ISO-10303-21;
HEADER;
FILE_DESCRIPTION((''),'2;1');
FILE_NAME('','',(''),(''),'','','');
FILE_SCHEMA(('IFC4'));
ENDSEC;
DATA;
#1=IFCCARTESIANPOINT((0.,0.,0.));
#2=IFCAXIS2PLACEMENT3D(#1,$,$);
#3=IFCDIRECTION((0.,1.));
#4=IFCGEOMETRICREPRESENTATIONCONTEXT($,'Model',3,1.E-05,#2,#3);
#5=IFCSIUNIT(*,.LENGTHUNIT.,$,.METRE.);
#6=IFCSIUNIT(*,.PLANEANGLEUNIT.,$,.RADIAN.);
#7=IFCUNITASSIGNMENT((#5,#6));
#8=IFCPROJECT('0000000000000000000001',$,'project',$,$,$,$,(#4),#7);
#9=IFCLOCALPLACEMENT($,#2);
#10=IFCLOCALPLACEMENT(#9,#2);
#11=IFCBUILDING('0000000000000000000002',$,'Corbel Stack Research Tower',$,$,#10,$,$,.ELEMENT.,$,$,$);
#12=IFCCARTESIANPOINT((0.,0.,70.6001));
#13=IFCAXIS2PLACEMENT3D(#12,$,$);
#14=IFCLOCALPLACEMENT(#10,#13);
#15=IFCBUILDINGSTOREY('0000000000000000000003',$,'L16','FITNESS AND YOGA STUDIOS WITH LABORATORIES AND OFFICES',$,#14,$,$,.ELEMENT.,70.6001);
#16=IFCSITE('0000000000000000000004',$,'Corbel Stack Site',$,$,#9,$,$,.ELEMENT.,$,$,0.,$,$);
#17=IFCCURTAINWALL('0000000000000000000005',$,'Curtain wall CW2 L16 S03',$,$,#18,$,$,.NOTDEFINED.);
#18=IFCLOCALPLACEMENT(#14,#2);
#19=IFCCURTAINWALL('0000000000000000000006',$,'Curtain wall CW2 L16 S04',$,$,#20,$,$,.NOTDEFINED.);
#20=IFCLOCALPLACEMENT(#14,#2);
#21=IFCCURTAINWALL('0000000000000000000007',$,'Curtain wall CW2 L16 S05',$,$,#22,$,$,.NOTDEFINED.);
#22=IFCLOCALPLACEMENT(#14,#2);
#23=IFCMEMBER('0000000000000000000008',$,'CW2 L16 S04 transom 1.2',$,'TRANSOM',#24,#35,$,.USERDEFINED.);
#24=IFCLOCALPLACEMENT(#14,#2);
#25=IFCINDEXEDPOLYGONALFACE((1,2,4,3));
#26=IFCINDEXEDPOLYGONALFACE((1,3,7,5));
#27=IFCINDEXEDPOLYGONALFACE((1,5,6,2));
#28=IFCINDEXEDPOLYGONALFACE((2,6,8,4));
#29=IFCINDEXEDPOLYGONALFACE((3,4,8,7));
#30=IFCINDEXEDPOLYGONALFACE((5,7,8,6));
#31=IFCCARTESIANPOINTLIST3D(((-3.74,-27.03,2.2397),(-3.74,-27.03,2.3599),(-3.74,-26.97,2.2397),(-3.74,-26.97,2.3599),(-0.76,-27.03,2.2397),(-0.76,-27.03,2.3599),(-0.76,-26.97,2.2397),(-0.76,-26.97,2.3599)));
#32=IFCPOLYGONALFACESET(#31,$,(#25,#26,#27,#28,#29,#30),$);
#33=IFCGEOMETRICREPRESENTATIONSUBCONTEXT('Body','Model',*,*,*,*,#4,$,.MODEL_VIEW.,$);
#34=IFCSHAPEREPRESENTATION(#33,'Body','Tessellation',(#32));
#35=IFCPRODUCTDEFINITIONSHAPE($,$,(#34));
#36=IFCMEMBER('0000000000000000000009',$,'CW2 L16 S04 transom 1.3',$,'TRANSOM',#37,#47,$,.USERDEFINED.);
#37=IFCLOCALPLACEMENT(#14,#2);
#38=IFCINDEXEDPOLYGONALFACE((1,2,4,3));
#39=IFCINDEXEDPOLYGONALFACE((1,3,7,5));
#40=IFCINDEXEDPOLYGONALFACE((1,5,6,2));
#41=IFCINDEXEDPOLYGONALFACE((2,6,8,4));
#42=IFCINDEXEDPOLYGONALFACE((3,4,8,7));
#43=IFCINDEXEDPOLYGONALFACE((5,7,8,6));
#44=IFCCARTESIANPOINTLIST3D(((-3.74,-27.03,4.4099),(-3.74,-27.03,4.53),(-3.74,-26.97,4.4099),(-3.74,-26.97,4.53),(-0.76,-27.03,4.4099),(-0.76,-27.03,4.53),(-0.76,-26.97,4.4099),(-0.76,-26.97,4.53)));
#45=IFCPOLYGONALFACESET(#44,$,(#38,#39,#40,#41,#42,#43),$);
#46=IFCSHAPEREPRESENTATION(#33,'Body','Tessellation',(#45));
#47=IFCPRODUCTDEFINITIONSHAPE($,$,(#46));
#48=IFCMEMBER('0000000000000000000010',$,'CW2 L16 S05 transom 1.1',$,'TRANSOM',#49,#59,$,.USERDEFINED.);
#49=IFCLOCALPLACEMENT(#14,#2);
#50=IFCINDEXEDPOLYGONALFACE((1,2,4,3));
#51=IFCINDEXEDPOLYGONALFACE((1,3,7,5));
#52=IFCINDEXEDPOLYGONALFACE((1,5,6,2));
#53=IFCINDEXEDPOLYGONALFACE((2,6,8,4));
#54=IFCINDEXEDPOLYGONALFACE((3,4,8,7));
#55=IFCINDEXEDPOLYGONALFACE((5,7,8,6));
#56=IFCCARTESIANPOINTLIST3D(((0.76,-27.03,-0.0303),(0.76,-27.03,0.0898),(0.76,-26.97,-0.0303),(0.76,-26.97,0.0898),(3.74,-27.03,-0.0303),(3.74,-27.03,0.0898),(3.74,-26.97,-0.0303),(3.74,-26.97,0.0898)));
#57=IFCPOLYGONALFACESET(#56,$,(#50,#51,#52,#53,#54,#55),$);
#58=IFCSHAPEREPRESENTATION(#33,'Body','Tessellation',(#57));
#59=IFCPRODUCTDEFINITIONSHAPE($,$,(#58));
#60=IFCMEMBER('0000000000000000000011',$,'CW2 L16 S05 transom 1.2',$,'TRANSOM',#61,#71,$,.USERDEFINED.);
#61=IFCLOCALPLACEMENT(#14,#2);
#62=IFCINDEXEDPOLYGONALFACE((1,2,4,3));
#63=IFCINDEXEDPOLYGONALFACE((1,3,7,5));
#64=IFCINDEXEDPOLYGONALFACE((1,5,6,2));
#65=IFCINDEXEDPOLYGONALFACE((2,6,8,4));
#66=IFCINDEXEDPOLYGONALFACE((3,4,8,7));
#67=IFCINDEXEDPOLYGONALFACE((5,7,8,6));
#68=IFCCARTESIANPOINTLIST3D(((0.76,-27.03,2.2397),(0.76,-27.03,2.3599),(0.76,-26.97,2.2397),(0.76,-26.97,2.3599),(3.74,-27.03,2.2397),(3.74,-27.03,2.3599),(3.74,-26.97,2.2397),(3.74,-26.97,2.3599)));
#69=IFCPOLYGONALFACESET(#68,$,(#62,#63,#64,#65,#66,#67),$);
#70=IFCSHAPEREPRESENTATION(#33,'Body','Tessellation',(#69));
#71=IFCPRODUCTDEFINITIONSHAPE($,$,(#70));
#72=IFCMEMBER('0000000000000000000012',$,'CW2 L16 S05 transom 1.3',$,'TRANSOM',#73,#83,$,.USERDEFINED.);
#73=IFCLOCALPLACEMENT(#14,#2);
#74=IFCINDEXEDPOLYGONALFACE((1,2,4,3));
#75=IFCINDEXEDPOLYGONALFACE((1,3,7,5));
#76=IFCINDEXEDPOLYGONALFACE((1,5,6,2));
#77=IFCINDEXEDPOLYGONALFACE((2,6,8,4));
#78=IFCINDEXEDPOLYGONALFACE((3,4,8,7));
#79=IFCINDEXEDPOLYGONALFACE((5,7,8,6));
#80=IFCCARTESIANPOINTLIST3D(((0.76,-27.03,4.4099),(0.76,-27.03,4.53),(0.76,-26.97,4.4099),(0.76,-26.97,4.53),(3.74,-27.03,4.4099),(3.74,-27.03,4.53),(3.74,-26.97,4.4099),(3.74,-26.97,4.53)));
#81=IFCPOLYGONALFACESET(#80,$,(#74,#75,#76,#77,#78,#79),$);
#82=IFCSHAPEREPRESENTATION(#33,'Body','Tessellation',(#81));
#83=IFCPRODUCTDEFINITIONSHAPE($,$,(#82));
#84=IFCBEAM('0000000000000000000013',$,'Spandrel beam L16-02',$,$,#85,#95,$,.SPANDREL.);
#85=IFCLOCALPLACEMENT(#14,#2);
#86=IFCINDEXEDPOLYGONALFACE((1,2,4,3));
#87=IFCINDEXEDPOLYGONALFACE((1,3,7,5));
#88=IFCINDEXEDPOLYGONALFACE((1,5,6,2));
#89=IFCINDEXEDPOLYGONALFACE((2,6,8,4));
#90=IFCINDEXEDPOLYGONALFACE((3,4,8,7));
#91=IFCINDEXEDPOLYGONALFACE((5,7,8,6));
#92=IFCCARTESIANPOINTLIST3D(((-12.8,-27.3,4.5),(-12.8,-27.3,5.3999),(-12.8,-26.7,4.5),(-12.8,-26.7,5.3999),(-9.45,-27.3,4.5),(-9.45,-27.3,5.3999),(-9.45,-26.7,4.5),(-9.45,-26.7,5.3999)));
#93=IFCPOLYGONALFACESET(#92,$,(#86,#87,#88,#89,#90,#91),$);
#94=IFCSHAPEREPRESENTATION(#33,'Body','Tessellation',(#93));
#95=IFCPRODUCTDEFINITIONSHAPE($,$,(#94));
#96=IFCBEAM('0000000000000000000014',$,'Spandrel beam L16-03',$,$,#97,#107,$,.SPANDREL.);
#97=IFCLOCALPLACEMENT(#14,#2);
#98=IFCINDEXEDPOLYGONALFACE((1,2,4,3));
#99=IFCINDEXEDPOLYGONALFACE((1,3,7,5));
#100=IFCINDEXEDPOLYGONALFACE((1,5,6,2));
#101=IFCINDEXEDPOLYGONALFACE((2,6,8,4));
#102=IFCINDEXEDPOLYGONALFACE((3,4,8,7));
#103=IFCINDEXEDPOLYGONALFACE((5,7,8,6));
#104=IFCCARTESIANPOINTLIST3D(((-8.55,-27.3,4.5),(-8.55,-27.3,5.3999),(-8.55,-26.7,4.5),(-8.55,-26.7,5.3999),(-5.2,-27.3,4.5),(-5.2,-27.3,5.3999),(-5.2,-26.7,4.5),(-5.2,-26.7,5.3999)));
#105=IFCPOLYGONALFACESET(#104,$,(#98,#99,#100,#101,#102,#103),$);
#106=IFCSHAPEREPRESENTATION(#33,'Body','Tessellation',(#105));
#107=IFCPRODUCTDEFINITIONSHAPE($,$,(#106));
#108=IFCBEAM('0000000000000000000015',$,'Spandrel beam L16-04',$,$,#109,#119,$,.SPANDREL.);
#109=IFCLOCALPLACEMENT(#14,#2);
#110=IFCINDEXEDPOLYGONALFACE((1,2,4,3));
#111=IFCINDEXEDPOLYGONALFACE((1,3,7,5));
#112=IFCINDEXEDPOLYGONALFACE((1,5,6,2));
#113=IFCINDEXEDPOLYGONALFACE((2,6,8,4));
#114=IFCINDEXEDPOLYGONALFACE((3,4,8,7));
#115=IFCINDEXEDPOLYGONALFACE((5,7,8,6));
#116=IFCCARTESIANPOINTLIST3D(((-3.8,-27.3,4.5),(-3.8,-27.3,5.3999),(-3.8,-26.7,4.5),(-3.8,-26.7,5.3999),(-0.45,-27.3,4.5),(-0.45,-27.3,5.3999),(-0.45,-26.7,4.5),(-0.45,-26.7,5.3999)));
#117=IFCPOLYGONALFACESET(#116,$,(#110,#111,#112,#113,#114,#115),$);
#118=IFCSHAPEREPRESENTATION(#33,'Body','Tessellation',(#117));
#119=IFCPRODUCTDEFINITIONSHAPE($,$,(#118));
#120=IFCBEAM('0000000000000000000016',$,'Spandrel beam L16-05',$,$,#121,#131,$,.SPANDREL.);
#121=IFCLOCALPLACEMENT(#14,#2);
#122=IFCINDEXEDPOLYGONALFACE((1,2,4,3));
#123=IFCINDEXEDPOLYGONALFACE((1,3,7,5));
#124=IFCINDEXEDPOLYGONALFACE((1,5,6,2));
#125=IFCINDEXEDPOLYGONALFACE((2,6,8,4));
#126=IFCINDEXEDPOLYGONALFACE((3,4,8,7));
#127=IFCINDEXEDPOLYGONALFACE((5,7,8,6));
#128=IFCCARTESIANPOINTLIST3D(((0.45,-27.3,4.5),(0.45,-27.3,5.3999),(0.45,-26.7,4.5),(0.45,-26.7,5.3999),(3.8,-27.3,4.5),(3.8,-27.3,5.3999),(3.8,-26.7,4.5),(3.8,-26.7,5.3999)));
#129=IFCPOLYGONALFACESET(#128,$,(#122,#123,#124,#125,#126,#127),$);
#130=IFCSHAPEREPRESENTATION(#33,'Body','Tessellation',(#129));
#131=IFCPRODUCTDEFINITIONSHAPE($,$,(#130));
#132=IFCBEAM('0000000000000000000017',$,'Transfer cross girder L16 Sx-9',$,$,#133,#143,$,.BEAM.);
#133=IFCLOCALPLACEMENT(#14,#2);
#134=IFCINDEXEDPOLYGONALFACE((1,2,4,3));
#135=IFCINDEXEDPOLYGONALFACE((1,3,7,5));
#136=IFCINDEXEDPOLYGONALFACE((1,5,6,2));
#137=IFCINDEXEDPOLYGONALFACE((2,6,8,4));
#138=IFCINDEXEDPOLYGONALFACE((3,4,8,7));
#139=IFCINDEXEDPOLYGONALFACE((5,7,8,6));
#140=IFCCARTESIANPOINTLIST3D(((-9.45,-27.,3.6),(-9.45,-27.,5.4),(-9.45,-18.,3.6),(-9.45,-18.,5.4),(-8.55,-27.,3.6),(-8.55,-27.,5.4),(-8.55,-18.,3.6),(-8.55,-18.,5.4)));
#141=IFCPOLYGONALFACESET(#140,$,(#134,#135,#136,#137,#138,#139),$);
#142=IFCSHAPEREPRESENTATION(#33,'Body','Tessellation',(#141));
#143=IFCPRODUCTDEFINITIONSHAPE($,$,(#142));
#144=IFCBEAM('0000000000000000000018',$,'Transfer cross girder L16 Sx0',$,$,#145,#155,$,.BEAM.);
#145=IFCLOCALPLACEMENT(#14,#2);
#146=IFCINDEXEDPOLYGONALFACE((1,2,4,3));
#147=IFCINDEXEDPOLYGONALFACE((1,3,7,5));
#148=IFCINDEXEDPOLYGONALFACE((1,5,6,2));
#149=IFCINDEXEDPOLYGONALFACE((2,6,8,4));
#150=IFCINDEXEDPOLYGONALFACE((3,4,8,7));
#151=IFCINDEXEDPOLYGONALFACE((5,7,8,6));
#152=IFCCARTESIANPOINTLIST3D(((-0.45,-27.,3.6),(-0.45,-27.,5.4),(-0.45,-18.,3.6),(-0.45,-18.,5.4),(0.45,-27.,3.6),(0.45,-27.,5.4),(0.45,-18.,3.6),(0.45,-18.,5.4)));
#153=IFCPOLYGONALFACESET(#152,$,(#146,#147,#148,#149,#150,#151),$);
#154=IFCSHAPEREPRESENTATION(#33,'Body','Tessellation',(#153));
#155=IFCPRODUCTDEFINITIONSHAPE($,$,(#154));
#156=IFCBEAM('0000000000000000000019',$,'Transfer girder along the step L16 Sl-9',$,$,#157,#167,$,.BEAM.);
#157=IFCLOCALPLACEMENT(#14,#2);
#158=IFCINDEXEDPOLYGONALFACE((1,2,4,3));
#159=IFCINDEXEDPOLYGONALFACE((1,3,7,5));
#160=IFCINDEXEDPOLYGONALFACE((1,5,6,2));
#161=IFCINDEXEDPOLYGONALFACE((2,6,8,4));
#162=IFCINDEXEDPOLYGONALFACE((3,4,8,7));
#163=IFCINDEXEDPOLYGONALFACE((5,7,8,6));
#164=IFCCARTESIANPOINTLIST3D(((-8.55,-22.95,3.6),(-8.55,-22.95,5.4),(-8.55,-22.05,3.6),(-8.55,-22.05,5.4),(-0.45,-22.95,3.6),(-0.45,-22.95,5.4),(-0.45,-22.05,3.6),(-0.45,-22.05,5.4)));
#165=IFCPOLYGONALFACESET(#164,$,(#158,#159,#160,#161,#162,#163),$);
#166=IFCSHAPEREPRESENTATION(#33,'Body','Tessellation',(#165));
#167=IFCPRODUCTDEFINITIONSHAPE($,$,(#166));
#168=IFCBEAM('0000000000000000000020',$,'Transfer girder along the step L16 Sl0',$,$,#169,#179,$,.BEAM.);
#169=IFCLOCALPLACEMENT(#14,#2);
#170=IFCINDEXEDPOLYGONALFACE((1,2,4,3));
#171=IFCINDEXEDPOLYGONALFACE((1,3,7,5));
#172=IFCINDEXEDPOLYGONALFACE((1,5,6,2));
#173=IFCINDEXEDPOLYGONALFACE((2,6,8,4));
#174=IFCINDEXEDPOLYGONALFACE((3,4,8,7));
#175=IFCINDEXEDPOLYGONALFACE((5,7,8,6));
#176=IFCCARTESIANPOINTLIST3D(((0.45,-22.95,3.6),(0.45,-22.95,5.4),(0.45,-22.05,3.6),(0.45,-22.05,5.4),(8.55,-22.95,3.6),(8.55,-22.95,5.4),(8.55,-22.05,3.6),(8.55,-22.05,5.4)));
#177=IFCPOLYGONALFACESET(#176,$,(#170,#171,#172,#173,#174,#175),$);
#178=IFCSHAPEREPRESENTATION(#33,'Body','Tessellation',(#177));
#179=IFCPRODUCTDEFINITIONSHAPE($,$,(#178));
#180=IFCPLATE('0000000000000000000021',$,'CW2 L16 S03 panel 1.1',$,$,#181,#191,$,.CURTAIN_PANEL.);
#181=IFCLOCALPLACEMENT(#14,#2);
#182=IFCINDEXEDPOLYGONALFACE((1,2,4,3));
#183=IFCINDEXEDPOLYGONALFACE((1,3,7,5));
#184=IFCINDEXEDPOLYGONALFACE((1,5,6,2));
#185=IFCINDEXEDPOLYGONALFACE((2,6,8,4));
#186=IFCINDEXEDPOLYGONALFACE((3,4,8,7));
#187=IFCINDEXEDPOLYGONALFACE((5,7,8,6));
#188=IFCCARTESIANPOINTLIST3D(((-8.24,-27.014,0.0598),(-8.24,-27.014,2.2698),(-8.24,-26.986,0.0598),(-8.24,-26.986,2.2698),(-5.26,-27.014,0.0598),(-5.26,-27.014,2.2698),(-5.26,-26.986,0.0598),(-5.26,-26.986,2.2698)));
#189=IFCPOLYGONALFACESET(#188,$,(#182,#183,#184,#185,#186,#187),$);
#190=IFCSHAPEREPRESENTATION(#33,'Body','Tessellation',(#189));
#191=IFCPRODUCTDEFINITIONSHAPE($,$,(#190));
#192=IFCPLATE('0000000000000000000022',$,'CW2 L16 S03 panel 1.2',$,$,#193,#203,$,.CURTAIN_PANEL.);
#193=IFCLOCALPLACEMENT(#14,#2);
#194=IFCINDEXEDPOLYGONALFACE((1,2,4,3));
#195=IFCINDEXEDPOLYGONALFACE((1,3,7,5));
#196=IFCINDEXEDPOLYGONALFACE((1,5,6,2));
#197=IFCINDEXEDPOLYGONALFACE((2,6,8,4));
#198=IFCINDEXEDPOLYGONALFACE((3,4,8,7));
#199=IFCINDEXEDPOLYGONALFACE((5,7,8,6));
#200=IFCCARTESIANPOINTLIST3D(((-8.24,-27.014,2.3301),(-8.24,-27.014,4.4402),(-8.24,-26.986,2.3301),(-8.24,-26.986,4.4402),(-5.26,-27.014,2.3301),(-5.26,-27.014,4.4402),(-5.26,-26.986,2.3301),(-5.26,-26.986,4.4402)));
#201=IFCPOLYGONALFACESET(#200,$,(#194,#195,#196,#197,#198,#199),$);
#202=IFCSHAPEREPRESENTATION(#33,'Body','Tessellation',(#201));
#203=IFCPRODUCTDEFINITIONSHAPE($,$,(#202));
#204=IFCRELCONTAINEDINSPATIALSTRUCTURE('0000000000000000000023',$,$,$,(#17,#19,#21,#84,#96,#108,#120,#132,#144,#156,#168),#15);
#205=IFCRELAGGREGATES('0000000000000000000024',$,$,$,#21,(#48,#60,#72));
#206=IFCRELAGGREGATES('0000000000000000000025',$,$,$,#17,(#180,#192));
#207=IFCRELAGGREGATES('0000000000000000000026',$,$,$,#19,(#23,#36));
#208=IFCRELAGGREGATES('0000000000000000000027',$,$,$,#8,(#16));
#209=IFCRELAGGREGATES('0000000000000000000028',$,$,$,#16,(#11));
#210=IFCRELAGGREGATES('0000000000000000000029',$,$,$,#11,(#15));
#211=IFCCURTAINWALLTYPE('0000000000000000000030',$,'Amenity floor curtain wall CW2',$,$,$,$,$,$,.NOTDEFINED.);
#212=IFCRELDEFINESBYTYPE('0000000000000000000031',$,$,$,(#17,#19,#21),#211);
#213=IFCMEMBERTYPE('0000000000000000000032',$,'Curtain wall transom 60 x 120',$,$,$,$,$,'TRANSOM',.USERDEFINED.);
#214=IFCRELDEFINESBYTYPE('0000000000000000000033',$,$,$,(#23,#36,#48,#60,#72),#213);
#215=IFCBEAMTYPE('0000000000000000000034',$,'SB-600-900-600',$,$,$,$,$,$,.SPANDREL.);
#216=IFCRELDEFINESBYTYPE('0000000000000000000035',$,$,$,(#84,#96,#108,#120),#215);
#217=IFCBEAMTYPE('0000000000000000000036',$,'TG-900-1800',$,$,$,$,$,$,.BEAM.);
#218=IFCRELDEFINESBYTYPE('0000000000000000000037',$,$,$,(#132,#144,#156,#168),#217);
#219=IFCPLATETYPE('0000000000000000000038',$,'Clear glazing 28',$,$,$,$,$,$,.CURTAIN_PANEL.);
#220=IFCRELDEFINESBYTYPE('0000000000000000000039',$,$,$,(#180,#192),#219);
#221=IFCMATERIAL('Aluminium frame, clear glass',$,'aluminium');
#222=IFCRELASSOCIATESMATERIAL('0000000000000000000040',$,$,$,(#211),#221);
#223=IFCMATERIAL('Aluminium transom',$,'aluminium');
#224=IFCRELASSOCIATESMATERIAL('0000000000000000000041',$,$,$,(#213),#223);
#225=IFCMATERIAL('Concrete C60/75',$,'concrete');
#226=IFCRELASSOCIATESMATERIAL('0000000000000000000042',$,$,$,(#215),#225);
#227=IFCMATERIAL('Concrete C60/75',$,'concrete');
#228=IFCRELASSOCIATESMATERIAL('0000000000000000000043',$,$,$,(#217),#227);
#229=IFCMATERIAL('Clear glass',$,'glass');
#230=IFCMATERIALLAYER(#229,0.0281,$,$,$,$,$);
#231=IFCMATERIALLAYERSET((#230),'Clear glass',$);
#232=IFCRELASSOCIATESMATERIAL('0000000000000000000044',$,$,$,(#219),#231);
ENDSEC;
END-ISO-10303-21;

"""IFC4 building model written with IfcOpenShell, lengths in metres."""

from ifc_helpers import new_model, si_unit, direction, frame, origin, origin_2d, place, context, subcontext, project, spatial, rectangle, extrude, material, layer, layer_set, material_profile, profile_set, type_object, element, aggregate, save


model = new_model("IFC4")

# Units and contexts
model_context = context("Model", 3, precision=1e-05, world=origin(), true_north=direction((0.0, 1.0)))
body_context = subcontext(model_context, "Body", "Model", "MODEL_VIEW")
ifc_project = project(units=[si_unit("LENGTHUNIT", "METRE"), si_unit("PLANEANGLEUNIT", "RADIAN")], contexts=[model_context])

# Site, building, storey
site_placement = place(None, origin())
site = spatial("IfcSite", under=ifc_project, at=site_placement, Name="Corbel Stack Site", CompositionType="ELEMENT", RefElevation=0.0)
building_placement = place(site_placement, origin())
building = spatial("IfcBuilding", under=site, at=building_placement, Name="Corbel Stack Research Tower", CompositionType="ELEMENT")
storey_placement = place(building_placement, frame((0.0, 0.0, 70.6001)))
storey = spatial("IfcBuildingStorey", under=building, at=storey_placement, Name="L16", Description="FITNESS AND YOGA STUDIOS WITH LABORATORIES AND OFFICES", CompositionType="ELEMENT", Elevation=70.6001)

# Curtain walls
ifc_material_1 = material(Name="Aluminium frame, clear glass", Category="aluminium")
curtain_wall_type = type_object("IfcCurtainWallType", Name="Amenity floor curtain wall CW2", PredefinedType="NOTDEFINED", material=ifc_material_1)
curtain_wall_1_placement = place(storey_placement, origin())
curtain_wall_1 = element("IfcCurtainWall", 1, at=curtain_wall_1_placement, inside=storey, type_object=curtain_wall_type, Name="Curtain wall CW2 L16 S03", PredefinedType="NOTDEFINED")
curtain_wall_2_placement = place(storey_placement, origin())
curtain_wall_2 = element("IfcCurtainWall", 2, at=curtain_wall_2_placement, inside=storey, type_object=curtain_wall_type, Name="Curtain wall CW2 L16 S04", PredefinedType="NOTDEFINED")

# Curtain wall
curtain_wall_3_placement = place(storey_placement, origin())
curtain_wall_3 = element("IfcCurtainWall", 3, at=curtain_wall_3_placement, inside=storey, type_object=curtain_wall_type, Name="Curtain wall CW2 L16 S05", PredefinedType="NOTDEFINED")

# Members
ifc_material_2 = material(Name="Aluminium transom", Category="aluminium")
ifc_material_profile_1 = material_profile(ifc_material_2, rectangle(XDim=0.0601, YDim=0.1201, at=origin_2d()), Name="Transom 60 x 120")
ifc_profile_set_1 = profile_set([ifc_material_profile_1], Name="Aluminium transom")
member_type_1 = type_object("IfcMemberType", Name="Curtain wall transom 60 x 120", ElementType="TRANSOM", PredefinedType="USERDEFINED", material=ifc_profile_set_1)
member_1_placement = place(storey_placement, frame((-3.74, -27.0, 2.2998), z_axis=(1.0, 0.0, 0.0), x_axis=(0.0, 1.0, 0.0)))
member_1 = element("IfcMember", 4, at=member_1_placement, type_object=member_type_1, Name="CW2 L16 S04 transom 1.2", ObjectType="TRANSOM", PredefinedType="USERDEFINED", context=body_context, shape_type="SweptSolid", body=[
    extrude(rectangle(XDim=0.0601, YDim=0.1201, at=origin_2d()), origin(), (0.0, 0.0, 1.0), 2.98),
])
member_2_placement = place(storey_placement, frame((-3.74, -27.0, 4.47), z_axis=(1.0, 0.0, 0.0), x_axis=(0.0, 1.0, 0.0)))
member_2 = element("IfcMember", 5, at=member_2_placement, type_object=member_type_1, Name="CW2 L16 S04 transom 1.3", ObjectType="TRANSOM", PredefinedType="USERDEFINED", context=body_context, shape_type="SweptSolid", body=[
    extrude(rectangle(XDim=0.0601, YDim=0.1201, at=origin_2d()), origin(), (0.0, 0.0, 1.0), 2.98),
])
member_3_placement = place(storey_placement, frame((0.76, -27.0, 0.0298), z_axis=(1.0, 0.0, 0.0), x_axis=(0.0, 1.0, 0.0)))
member_3 = element("IfcMember", 6, at=member_3_placement, type_object=member_type_1, Name="CW2 L16 S05 transom 1.1", ObjectType="TRANSOM", PredefinedType="USERDEFINED", context=body_context, shape_type="SweptSolid", body=[
    extrude(rectangle(XDim=0.0601, YDim=0.1201, at=origin_2d()), origin(), (0.0, 0.0, 1.0), 2.98),
])
member_4_placement = place(storey_placement, frame((0.76, -27.0, 2.2998), z_axis=(1.0, 0.0, 0.0), x_axis=(0.0, 1.0, 0.0)))
member_4 = element("IfcMember", 7, at=member_4_placement, type_object=member_type_1, Name="CW2 L16 S05 transom 1.2", ObjectType="TRANSOM", PredefinedType="USERDEFINED", context=body_context, shape_type="SweptSolid", body=[
    extrude(rectangle(XDim=0.0601, YDim=0.1201, at=origin_2d()), origin(), (0.0, 0.0, 1.0), 2.98),
])
member_5_placement = place(storey_placement, frame((0.76, -27.0, 4.47), z_axis=(1.0, 0.0, 0.0), x_axis=(0.0, 1.0, 0.0)))
member_5 = element("IfcMember", 8, at=member_5_placement, type_object=member_type_1, Name="CW2 L16 S05 transom 1.3", ObjectType="TRANSOM", PredefinedType="USERDEFINED", context=body_context, shape_type="SweptSolid", body=[
    extrude(rectangle(XDim=0.0601, YDim=0.1201, at=origin_2d()), origin(), (0.0, 0.0, 1.0), 2.98),
])
aggregate(curtain_wall_3, [member_3, member_4, member_5])

# Beams
ifc_material_3 = material(Name="Concrete C60/75", Category="concrete")
ifc_material_profile_2 = material_profile(ifc_material_3, rectangle(XDim=0.6001, YDim=0.8999, at=origin_2d()), Name="RC 600 x 900")
ifc_profile_set_2 = profile_set([ifc_material_profile_2], Name="Concrete C60/75")
beam_type_1 = type_object("IfcBeamType", Name="SB-600-900-600", PredefinedType="SPANDREL", material=ifc_profile_set_2)
for number, where, z_axis, x_axis, name in (
    (9, (-12.8, -27.0, 4.95), (1.0, 0.0, 0.0), (0.0, 1.0, 0.0), "Spandrel beam L16-02"),
    (10, (-8.55, -27.0, 4.95), (1.0, 0.0, 0.0), (0.0, 1.0, 0.0), "Spandrel beam L16-03"),
    (11, (-3.8, -27.0, 4.95), (1.0, 0.0, 0.0), (0.0, 1.0, 0.0), "Spandrel beam L16-04"),
    (12, (0.45, -27.0, 4.95), (1.0, 0.0, 0.0), (0.0, 1.0, 0.0), "Spandrel beam L16-05"),
):
    element("IfcBeam", number, at=place(storey_placement, frame(where, z_axis=z_axis, x_axis=x_axis)), inside=storey, type_object=beam_type_1, Name=name, PredefinedType="SPANDREL", context=body_context, shape_type="SweptSolid", body=[
        extrude(rectangle(XDim=0.6001, YDim=0.8999, at=origin_2d()), origin(), (0.0, 0.0, 1.0), 3.3501),
    ])
ifc_material_4 = material(Name="Concrete C60/75", Category="concrete")
ifc_material_profile_3 = material_profile(ifc_material_4, rectangle(XDim=0.8999, YDim=1.8, at=origin_2d()), Name="RC 900 x 1800")
ifc_profile_set_3 = profile_set([ifc_material_profile_3], Name="Concrete C60/75")
beam_type_2 = type_object("IfcBeamType", Name="TG-900-1800", PredefinedType="BEAM", material=ifc_profile_set_3)
for number, where, z_axis, x_axis, name in (
    (13, (-9.0, -27.0, 4.5), (0.0, 1.0, 0.0), (-1.0, 0.0, 0.0), "Transfer cross girder L16 Sx-9"),
    (14, (0.0, -27.0, 4.5), (0.0, 1.0, 0.0), (-1.0, 0.0, 0.0), "Transfer cross girder L16 Sx0"),
):
    element("IfcBeam", number, at=place(storey_placement, frame(where, z_axis=z_axis, x_axis=x_axis)), inside=storey, type_object=beam_type_2, Name=name, PredefinedType="BEAM", context=body_context, shape_type="SweptSolid", body=[
        extrude(rectangle(XDim=0.8999, YDim=1.8, at=origin_2d()), origin(), (0.0, 0.0, 1.0), 9.0),
    ])
for number, where, z_axis, x_axis, name in (
    (15, (-8.55, -22.5, 4.5), (1.0, 0.0, 0.0), (0.0, 1.0, 0.0), "Transfer girder along the step L16 Sl-9"),
    (16, (0.45, -22.5, 4.5), (1.0, 0.0, 0.0), (0.0, 1.0, 0.0), "Transfer girder along the step L16 Sl0"),
):
    element("IfcBeam", number, at=place(storey_placement, frame(where, z_axis=z_axis, x_axis=x_axis)), inside=storey, type_object=beam_type_2, Name=name, PredefinedType="BEAM", context=body_context, shape_type="SweptSolid", body=[
        extrude(rectangle(XDim=0.8999, YDim=1.8, at=origin_2d()), origin(), (0.0, 0.0, 1.0), 8.1001),
    ])

# Plates
ifc_material_5 = material(Name="Clear glass", Category="glass")
ifc_layer_1 = layer(ifc_material_5, 0.0281)
ifc_layer_set_1 = layer_set([ifc_layer_1], Name="Clear glass")
plate_type = type_object("IfcPlateType", Name="Clear glazing 28", PredefinedType="CURTAIN_PANEL", material=ifc_layer_set_1)
plate_1_placement = place(storey_placement, frame((-6.75, -27.0, 0.0598), z_axis=(0.0, 0.0, 1.0), x_axis=(1.0, 0.0, 0.0)))
plate_1 = element("IfcPlate", 17, at=plate_1_placement, type_object=plate_type, Name="CW2 L16 S03 panel 1.1", PredefinedType="CURTAIN_PANEL", context=body_context, shape_type="SweptSolid", body=[
    extrude(rectangle(XDim=2.98, YDim=0.0281, at=origin_2d()), origin(), (0.0, 0.0, 1.0), 2.21),
])
plate_2_placement = place(storey_placement, frame((-6.75, -27.0, 2.3301), z_axis=(0.0, 0.0, 1.0), x_axis=(1.0, 0.0, 0.0)))
plate_2 = element("IfcPlate", 18, at=plate_2_placement, type_object=plate_type, Name="CW2 L16 S03 panel 1.2", PredefinedType="CURTAIN_PANEL", context=body_context, shape_type="SweptSolid", body=[
    extrude(rectangle(XDim=2.98, YDim=0.0281, at=origin_2d()), origin(), (0.0, 0.0, 1.0), 2.1101),
])
aggregate(curtain_wall_1, [plate_1, plate_2])
aggregate(curtain_wall_2, [member_1, member_2])

save(model, "model.ifc")
